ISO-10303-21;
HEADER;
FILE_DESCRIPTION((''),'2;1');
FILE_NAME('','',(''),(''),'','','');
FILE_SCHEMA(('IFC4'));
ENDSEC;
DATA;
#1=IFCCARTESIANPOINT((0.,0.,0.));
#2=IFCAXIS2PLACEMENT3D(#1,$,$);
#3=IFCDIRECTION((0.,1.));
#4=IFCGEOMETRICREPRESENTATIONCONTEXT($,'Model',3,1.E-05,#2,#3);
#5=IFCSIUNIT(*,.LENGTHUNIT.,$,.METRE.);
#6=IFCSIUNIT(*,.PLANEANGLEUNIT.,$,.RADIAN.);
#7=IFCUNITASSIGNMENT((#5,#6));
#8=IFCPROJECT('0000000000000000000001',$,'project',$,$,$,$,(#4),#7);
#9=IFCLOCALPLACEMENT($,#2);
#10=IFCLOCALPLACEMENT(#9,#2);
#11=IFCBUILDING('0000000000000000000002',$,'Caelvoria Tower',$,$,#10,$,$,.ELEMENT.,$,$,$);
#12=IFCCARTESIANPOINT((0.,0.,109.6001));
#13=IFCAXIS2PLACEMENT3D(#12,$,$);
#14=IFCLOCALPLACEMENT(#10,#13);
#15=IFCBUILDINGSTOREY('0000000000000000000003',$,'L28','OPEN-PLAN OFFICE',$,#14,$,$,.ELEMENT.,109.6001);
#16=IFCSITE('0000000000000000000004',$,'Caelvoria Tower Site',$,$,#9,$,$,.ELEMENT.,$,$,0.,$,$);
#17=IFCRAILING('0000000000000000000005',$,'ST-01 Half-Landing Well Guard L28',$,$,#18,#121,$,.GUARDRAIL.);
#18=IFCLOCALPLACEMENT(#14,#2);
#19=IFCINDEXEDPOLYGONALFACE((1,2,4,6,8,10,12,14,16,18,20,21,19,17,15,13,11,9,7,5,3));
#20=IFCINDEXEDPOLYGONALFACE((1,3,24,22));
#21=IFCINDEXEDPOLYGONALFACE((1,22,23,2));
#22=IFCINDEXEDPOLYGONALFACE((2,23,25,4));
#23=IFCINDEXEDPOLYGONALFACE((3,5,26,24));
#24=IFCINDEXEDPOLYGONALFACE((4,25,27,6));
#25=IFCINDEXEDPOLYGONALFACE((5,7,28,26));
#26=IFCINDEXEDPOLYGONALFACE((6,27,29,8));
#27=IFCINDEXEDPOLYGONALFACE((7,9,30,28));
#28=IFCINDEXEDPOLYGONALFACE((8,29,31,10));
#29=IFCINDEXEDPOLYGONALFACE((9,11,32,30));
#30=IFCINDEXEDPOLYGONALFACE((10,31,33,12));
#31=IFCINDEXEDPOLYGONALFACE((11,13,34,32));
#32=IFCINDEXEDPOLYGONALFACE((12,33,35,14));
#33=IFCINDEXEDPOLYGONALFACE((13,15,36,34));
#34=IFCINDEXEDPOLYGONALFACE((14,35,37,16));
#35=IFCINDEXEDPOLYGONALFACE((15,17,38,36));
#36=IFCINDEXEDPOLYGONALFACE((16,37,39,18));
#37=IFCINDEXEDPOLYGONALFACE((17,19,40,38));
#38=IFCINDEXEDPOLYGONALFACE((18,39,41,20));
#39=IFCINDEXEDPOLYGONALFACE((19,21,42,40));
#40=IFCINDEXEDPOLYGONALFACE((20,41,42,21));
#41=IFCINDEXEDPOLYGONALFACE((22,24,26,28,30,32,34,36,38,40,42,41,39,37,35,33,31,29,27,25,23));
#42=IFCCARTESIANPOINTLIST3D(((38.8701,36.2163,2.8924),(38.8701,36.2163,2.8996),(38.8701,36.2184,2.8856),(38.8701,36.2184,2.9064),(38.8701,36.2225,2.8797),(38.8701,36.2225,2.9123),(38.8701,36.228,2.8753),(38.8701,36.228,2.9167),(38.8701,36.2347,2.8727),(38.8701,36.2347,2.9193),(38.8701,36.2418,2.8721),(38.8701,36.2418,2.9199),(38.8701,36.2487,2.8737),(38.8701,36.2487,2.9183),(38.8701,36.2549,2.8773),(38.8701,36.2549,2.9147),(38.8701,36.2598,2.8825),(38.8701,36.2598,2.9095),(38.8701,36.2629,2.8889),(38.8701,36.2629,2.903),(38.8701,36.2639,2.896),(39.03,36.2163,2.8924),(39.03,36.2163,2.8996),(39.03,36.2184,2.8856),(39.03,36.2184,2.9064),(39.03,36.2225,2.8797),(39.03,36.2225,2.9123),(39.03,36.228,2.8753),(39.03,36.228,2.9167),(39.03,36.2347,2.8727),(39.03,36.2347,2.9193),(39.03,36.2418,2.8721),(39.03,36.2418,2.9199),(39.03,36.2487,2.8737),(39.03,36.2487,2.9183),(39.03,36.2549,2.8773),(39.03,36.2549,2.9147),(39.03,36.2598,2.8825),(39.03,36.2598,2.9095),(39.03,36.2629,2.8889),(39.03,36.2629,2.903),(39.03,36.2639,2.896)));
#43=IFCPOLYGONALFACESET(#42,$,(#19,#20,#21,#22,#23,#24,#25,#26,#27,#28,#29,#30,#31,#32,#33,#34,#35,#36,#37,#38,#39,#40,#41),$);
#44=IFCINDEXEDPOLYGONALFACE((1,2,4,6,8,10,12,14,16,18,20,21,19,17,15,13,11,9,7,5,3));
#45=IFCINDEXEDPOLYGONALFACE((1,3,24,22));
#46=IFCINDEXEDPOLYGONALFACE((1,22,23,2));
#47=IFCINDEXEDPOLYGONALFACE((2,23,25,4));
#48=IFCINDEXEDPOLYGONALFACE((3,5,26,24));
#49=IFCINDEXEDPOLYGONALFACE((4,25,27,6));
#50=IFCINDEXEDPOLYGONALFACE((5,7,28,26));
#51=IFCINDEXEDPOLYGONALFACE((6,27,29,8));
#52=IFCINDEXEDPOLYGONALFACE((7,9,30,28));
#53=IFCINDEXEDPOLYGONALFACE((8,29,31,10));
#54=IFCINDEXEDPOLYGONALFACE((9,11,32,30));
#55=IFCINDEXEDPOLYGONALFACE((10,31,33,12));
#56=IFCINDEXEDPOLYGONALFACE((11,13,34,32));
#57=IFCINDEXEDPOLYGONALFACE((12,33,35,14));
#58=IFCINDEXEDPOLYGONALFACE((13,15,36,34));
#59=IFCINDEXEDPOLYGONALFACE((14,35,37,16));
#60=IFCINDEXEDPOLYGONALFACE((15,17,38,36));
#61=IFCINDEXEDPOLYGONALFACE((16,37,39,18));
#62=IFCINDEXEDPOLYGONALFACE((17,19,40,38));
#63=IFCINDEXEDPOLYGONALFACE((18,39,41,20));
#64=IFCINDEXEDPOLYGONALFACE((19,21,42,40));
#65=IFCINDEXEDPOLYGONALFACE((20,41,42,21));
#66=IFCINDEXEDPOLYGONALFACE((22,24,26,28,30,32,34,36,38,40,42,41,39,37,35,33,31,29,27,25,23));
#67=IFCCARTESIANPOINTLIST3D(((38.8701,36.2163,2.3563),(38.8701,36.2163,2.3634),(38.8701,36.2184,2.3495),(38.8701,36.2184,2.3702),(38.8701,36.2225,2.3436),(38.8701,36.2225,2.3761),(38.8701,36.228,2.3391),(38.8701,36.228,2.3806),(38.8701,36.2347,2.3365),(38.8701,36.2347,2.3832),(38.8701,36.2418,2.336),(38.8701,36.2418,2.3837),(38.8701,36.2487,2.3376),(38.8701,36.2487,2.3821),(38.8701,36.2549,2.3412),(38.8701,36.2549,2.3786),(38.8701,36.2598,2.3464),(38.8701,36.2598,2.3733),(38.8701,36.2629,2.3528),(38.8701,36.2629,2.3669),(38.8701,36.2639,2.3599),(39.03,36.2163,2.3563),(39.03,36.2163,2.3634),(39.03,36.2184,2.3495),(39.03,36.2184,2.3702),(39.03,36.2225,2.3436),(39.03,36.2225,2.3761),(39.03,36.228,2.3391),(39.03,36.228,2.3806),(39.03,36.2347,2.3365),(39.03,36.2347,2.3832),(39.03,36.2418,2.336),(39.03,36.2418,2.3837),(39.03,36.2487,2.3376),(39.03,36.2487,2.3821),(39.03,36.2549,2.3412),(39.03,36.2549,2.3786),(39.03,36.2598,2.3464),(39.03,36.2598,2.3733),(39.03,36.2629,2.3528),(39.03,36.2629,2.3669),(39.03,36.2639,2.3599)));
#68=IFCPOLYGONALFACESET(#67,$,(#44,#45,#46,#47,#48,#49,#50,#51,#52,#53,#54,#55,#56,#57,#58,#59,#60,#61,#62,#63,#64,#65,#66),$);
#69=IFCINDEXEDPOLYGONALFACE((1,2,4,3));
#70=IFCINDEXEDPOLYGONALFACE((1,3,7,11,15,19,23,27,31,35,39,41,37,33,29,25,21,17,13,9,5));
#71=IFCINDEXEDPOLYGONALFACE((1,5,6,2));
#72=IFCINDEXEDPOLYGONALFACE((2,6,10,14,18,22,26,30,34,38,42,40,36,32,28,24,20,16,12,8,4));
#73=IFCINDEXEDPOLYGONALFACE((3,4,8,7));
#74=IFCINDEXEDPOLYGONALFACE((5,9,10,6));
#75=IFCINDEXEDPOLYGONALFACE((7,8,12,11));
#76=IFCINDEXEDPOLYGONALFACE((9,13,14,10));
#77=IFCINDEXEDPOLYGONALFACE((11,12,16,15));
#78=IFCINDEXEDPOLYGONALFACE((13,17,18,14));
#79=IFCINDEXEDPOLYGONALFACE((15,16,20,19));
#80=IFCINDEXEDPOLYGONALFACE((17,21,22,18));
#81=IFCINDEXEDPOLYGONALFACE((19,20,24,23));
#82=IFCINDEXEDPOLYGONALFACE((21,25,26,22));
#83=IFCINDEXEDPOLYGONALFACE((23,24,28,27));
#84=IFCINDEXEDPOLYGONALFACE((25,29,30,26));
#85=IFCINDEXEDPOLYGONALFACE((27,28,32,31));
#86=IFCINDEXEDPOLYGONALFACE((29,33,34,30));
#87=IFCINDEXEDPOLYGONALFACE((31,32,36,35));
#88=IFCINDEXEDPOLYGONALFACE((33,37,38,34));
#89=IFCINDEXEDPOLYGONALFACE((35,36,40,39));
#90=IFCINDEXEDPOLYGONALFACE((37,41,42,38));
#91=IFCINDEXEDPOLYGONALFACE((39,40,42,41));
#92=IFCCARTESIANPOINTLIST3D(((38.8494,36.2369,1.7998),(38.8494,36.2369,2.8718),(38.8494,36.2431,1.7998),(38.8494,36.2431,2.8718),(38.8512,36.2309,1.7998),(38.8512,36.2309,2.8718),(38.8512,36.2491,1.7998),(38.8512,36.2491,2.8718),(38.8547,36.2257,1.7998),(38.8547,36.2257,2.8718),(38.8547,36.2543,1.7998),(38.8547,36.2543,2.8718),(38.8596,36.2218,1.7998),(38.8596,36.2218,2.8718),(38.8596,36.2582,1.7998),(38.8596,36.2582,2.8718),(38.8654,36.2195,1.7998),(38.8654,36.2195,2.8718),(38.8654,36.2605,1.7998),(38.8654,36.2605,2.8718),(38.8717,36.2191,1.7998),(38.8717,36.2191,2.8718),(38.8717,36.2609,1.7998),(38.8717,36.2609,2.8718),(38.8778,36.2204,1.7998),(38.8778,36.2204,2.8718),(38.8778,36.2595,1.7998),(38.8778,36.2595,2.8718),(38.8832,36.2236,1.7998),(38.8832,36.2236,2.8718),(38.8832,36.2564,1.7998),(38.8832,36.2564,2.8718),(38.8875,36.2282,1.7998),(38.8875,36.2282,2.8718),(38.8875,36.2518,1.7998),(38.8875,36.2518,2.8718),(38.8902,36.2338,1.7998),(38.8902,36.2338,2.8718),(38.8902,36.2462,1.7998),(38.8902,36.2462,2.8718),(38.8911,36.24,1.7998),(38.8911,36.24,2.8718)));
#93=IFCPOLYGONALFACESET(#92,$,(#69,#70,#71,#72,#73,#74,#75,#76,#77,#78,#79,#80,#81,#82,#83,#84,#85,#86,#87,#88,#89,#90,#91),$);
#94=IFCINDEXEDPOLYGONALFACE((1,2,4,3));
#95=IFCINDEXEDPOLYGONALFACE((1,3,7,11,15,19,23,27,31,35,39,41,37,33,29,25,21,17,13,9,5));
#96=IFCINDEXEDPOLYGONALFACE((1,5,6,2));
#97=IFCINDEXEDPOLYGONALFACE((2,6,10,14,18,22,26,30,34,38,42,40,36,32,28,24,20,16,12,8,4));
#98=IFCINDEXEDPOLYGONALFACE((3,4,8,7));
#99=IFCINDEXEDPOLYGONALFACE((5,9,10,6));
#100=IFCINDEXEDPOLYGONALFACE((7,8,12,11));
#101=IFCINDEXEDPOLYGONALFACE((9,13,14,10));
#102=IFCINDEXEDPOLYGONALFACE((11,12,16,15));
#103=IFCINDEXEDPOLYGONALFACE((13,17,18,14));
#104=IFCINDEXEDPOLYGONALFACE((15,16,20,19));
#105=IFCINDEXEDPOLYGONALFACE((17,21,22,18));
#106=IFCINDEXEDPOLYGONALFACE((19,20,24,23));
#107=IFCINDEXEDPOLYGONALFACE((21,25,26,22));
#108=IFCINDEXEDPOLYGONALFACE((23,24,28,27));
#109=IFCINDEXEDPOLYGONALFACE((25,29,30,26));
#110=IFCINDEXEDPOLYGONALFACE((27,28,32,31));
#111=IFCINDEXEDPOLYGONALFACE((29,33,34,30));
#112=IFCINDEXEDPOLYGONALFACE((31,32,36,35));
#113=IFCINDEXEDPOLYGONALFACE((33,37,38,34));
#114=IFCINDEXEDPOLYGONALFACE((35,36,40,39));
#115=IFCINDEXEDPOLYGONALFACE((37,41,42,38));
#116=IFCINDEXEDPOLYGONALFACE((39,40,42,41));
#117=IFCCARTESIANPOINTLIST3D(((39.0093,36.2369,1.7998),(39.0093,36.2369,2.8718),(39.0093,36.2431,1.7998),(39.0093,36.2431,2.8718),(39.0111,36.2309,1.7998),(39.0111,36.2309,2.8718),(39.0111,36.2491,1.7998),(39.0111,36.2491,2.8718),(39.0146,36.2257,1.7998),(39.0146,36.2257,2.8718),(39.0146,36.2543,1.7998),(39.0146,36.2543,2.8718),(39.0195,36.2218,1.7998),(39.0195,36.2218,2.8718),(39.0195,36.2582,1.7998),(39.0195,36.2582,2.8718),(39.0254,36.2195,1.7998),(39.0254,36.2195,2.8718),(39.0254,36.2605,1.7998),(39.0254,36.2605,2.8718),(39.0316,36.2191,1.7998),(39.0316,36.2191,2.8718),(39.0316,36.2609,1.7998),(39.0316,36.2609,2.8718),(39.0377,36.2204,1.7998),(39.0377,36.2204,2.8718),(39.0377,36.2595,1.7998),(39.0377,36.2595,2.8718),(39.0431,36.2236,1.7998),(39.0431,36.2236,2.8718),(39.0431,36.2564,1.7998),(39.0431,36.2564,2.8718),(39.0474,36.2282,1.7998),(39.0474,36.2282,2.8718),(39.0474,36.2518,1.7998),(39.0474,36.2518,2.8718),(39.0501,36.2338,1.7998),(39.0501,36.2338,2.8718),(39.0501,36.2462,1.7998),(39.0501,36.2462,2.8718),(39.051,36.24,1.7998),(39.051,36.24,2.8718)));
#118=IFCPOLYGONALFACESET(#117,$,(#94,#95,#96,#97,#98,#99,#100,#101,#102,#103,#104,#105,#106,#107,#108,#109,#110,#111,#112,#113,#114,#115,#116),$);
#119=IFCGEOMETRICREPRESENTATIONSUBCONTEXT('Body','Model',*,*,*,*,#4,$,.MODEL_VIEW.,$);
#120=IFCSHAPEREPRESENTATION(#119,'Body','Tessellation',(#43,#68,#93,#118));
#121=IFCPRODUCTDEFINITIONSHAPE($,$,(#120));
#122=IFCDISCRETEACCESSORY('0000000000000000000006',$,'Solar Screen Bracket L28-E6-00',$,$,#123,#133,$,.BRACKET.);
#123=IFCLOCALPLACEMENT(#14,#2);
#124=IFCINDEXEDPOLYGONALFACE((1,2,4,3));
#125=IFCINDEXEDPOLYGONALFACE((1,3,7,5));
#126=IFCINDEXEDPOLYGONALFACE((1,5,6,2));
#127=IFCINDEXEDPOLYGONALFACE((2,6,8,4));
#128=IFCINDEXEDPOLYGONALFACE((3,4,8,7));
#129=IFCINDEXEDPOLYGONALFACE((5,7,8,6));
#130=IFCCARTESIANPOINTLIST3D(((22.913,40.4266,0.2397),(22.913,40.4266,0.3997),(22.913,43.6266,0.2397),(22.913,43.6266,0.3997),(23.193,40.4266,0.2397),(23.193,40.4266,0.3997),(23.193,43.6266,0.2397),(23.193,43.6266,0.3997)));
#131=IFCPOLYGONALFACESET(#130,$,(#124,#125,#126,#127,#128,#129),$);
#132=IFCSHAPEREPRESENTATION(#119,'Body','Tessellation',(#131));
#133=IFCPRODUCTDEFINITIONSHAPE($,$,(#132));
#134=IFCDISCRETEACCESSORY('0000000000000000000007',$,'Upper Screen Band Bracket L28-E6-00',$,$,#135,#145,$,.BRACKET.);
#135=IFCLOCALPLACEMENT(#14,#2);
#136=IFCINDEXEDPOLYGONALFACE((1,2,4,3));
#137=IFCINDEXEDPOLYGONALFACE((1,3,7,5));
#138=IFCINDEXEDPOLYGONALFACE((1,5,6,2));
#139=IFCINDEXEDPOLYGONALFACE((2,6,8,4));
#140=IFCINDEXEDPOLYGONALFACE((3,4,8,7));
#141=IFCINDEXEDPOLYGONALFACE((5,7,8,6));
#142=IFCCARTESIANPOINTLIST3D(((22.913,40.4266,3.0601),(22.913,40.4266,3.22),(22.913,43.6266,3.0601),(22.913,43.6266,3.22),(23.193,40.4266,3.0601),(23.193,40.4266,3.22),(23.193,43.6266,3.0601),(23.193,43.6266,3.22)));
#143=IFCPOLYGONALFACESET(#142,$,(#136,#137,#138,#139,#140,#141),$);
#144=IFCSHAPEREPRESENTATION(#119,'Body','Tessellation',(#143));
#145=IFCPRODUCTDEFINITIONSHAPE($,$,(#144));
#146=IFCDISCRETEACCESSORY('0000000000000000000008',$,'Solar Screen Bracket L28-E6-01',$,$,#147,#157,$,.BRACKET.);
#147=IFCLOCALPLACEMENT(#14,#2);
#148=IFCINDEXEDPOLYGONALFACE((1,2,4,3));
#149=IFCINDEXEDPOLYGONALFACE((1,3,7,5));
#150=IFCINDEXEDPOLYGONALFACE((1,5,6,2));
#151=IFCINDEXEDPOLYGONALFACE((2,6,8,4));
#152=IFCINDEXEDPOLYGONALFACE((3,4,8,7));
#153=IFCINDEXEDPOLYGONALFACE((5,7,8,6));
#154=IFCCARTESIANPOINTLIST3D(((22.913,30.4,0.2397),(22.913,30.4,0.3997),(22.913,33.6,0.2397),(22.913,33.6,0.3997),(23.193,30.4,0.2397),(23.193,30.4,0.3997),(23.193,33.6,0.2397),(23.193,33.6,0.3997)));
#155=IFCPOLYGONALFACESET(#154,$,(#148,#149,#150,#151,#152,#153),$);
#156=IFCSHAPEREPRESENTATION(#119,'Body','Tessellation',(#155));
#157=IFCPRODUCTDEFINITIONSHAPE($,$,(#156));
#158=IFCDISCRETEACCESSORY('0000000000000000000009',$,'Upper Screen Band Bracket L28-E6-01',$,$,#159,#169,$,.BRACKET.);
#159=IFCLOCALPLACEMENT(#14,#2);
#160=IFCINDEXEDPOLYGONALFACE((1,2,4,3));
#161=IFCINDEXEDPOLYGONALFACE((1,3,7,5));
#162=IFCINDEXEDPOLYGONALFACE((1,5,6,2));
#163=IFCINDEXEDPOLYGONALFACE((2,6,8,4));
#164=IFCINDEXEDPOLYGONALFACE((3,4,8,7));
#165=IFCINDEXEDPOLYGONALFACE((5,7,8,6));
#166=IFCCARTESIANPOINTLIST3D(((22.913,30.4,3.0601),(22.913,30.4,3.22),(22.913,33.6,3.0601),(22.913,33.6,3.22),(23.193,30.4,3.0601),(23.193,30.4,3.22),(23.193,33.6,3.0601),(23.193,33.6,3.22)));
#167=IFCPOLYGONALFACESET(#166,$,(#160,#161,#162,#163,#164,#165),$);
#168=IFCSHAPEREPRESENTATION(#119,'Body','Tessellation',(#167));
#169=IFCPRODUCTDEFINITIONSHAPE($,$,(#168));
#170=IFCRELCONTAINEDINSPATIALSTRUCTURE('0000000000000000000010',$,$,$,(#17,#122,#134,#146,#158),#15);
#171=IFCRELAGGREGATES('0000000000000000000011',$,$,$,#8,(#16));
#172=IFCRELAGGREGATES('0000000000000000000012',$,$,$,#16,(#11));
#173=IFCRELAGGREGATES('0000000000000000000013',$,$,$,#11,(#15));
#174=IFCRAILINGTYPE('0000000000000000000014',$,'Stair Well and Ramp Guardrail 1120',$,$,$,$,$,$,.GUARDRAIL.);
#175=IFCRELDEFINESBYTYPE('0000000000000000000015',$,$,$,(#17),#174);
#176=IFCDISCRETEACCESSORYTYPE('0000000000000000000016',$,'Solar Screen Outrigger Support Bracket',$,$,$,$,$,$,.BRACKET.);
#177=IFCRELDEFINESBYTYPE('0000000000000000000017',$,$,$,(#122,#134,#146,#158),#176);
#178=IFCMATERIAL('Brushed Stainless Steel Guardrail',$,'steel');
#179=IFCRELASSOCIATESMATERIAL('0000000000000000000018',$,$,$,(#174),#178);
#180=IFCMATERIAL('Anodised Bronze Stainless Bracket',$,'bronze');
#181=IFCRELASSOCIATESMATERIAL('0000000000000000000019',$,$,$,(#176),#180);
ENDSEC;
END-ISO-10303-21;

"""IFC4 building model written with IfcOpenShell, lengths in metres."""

from ifc_helpers import new_model, si_unit, direction, frame, origin, origin_2d, place, context, subcontext, project, spatial, rectangle, circle, extrude, material, type_object, element, save


model = new_model("IFC4")

# Units and contexts
model_context = context("Model", 3, precision=1e-05, world=origin(), true_north=direction((0.0, 1.0)))
body_context = subcontext(model_context, "Body", "Model", "MODEL_VIEW")
ifc_project = project(units=[si_unit("LENGTHUNIT", "METRE"), si_unit("PLANEANGLEUNIT", "RADIAN")], contexts=[model_context])

# Site, building, storey
site_placement = place(None, origin())
site = spatial("IfcSite", under=ifc_project, at=site_placement, Name="Caelvoria Tower Site", CompositionType="ELEMENT", RefElevation=0.0)
building_placement = place(site_placement, origin())
building = spatial("IfcBuilding", under=site, at=building_placement, Name="Caelvoria Tower", CompositionType="ELEMENT")
storey_placement = place(building_placement, frame((0.0, 0.0, 109.6001)))
storey = spatial("IfcBuildingStorey", under=building, at=storey_placement, Name="L28", Description="OPEN-PLAN OFFICE", CompositionType="ELEMENT", Elevation=109.6001)

# Railing
ifc_material_1 = material(Name="Brushed Stainless Steel Guardrail", Category="steel")
railing_type_1 = type_object("IfcRailingType", Name="Stair Well and Ramp Guardrail 1120", PredefinedType="GUARDRAIL", material=ifc_material_1)
railing_1_placement = place(storey_placement, frame((38.8701, 36.24, 1.7998)))
element("IfcRailing", 1, at=railing_1_placement, inside=storey, type_object=railing_type_1, Name="ST-01 Half-Landing Well Guard L28", PredefinedType="GUARDRAIL", context=body_context, shape_type="SweptSolid", body=[
    extrude(circle(Radius=0.0239, at=origin_2d()), frame((0.0, 0.0, 1.0962), z_axis=(1.0, 0.0, 0.0), x_axis=(0.0, 1.0, 0.0)), (0.0, 0.0, 1.0), 0.1599),
    extrude(circle(Radius=0.0239, at=origin_2d()), frame((0.0, 0.0, 0.5601), z_axis=(1.0, 0.0, 0.0), x_axis=(0.0, 1.0, 0.0)), (0.0, 0.0, 1.0), 0.1599),
    extrude(circle(Radius=0.021, at=origin_2d()), origin(), (0.0, 0.0, 1.0), 1.072),
    extrude(circle(Radius=0.021, at=origin_2d()), frame((0.1599, 0.0, 0.0)), (0.0, 0.0, 1.0), 1.072),
])

# Discrete accessories
ifc_material_2 = material(Name="Anodised Bronze Stainless Bracket", Category="bronze")
discrete_accessory_type = type_object("IfcDiscreteAccessoryType", Name="Solar Screen Outrigger Support Bracket", PredefinedType="BRACKET", material=ifc_material_2)
for number, where, z_axis, x_axis, name in (
    (2, (23.053, 42.0266, 0.2397), (0.0, 0.0, 1.0), (0.0, -1.0, 0.0), "Solar Screen Bracket L28-E6-00"),
    (3, (23.053, 42.0266, 3.0601), (0.0, 0.0, 1.0), (0.0, -1.0, 0.0), "Upper Screen Band Bracket L28-E6-00"),
    (4, (23.053, 32.0, 0.2397), (0.0, 0.0, 1.0), (0.0, -1.0, 0.0), "Solar Screen Bracket L28-E6-01"),
    (5, (23.053, 32.0, 3.0601), (0.0, 0.0, 1.0), (0.0, -1.0, 0.0), "Upper Screen Band Bracket L28-E6-01"),
):
    element("IfcDiscreteAccessory", number, at=place(storey_placement, frame(where, z_axis=z_axis, x_axis=x_axis)), inside=storey, type_object=discrete_accessory_type, Name=name, PredefinedType="BRACKET", context=body_context, shape_type="SweptSolid", body=[
        extrude(rectangle(XDim=3.2, YDim=0.28, at=origin_2d()), origin(), (0.0, 0.0, 1.0), 0.1599),
    ])

save(model, "model.ifc")
